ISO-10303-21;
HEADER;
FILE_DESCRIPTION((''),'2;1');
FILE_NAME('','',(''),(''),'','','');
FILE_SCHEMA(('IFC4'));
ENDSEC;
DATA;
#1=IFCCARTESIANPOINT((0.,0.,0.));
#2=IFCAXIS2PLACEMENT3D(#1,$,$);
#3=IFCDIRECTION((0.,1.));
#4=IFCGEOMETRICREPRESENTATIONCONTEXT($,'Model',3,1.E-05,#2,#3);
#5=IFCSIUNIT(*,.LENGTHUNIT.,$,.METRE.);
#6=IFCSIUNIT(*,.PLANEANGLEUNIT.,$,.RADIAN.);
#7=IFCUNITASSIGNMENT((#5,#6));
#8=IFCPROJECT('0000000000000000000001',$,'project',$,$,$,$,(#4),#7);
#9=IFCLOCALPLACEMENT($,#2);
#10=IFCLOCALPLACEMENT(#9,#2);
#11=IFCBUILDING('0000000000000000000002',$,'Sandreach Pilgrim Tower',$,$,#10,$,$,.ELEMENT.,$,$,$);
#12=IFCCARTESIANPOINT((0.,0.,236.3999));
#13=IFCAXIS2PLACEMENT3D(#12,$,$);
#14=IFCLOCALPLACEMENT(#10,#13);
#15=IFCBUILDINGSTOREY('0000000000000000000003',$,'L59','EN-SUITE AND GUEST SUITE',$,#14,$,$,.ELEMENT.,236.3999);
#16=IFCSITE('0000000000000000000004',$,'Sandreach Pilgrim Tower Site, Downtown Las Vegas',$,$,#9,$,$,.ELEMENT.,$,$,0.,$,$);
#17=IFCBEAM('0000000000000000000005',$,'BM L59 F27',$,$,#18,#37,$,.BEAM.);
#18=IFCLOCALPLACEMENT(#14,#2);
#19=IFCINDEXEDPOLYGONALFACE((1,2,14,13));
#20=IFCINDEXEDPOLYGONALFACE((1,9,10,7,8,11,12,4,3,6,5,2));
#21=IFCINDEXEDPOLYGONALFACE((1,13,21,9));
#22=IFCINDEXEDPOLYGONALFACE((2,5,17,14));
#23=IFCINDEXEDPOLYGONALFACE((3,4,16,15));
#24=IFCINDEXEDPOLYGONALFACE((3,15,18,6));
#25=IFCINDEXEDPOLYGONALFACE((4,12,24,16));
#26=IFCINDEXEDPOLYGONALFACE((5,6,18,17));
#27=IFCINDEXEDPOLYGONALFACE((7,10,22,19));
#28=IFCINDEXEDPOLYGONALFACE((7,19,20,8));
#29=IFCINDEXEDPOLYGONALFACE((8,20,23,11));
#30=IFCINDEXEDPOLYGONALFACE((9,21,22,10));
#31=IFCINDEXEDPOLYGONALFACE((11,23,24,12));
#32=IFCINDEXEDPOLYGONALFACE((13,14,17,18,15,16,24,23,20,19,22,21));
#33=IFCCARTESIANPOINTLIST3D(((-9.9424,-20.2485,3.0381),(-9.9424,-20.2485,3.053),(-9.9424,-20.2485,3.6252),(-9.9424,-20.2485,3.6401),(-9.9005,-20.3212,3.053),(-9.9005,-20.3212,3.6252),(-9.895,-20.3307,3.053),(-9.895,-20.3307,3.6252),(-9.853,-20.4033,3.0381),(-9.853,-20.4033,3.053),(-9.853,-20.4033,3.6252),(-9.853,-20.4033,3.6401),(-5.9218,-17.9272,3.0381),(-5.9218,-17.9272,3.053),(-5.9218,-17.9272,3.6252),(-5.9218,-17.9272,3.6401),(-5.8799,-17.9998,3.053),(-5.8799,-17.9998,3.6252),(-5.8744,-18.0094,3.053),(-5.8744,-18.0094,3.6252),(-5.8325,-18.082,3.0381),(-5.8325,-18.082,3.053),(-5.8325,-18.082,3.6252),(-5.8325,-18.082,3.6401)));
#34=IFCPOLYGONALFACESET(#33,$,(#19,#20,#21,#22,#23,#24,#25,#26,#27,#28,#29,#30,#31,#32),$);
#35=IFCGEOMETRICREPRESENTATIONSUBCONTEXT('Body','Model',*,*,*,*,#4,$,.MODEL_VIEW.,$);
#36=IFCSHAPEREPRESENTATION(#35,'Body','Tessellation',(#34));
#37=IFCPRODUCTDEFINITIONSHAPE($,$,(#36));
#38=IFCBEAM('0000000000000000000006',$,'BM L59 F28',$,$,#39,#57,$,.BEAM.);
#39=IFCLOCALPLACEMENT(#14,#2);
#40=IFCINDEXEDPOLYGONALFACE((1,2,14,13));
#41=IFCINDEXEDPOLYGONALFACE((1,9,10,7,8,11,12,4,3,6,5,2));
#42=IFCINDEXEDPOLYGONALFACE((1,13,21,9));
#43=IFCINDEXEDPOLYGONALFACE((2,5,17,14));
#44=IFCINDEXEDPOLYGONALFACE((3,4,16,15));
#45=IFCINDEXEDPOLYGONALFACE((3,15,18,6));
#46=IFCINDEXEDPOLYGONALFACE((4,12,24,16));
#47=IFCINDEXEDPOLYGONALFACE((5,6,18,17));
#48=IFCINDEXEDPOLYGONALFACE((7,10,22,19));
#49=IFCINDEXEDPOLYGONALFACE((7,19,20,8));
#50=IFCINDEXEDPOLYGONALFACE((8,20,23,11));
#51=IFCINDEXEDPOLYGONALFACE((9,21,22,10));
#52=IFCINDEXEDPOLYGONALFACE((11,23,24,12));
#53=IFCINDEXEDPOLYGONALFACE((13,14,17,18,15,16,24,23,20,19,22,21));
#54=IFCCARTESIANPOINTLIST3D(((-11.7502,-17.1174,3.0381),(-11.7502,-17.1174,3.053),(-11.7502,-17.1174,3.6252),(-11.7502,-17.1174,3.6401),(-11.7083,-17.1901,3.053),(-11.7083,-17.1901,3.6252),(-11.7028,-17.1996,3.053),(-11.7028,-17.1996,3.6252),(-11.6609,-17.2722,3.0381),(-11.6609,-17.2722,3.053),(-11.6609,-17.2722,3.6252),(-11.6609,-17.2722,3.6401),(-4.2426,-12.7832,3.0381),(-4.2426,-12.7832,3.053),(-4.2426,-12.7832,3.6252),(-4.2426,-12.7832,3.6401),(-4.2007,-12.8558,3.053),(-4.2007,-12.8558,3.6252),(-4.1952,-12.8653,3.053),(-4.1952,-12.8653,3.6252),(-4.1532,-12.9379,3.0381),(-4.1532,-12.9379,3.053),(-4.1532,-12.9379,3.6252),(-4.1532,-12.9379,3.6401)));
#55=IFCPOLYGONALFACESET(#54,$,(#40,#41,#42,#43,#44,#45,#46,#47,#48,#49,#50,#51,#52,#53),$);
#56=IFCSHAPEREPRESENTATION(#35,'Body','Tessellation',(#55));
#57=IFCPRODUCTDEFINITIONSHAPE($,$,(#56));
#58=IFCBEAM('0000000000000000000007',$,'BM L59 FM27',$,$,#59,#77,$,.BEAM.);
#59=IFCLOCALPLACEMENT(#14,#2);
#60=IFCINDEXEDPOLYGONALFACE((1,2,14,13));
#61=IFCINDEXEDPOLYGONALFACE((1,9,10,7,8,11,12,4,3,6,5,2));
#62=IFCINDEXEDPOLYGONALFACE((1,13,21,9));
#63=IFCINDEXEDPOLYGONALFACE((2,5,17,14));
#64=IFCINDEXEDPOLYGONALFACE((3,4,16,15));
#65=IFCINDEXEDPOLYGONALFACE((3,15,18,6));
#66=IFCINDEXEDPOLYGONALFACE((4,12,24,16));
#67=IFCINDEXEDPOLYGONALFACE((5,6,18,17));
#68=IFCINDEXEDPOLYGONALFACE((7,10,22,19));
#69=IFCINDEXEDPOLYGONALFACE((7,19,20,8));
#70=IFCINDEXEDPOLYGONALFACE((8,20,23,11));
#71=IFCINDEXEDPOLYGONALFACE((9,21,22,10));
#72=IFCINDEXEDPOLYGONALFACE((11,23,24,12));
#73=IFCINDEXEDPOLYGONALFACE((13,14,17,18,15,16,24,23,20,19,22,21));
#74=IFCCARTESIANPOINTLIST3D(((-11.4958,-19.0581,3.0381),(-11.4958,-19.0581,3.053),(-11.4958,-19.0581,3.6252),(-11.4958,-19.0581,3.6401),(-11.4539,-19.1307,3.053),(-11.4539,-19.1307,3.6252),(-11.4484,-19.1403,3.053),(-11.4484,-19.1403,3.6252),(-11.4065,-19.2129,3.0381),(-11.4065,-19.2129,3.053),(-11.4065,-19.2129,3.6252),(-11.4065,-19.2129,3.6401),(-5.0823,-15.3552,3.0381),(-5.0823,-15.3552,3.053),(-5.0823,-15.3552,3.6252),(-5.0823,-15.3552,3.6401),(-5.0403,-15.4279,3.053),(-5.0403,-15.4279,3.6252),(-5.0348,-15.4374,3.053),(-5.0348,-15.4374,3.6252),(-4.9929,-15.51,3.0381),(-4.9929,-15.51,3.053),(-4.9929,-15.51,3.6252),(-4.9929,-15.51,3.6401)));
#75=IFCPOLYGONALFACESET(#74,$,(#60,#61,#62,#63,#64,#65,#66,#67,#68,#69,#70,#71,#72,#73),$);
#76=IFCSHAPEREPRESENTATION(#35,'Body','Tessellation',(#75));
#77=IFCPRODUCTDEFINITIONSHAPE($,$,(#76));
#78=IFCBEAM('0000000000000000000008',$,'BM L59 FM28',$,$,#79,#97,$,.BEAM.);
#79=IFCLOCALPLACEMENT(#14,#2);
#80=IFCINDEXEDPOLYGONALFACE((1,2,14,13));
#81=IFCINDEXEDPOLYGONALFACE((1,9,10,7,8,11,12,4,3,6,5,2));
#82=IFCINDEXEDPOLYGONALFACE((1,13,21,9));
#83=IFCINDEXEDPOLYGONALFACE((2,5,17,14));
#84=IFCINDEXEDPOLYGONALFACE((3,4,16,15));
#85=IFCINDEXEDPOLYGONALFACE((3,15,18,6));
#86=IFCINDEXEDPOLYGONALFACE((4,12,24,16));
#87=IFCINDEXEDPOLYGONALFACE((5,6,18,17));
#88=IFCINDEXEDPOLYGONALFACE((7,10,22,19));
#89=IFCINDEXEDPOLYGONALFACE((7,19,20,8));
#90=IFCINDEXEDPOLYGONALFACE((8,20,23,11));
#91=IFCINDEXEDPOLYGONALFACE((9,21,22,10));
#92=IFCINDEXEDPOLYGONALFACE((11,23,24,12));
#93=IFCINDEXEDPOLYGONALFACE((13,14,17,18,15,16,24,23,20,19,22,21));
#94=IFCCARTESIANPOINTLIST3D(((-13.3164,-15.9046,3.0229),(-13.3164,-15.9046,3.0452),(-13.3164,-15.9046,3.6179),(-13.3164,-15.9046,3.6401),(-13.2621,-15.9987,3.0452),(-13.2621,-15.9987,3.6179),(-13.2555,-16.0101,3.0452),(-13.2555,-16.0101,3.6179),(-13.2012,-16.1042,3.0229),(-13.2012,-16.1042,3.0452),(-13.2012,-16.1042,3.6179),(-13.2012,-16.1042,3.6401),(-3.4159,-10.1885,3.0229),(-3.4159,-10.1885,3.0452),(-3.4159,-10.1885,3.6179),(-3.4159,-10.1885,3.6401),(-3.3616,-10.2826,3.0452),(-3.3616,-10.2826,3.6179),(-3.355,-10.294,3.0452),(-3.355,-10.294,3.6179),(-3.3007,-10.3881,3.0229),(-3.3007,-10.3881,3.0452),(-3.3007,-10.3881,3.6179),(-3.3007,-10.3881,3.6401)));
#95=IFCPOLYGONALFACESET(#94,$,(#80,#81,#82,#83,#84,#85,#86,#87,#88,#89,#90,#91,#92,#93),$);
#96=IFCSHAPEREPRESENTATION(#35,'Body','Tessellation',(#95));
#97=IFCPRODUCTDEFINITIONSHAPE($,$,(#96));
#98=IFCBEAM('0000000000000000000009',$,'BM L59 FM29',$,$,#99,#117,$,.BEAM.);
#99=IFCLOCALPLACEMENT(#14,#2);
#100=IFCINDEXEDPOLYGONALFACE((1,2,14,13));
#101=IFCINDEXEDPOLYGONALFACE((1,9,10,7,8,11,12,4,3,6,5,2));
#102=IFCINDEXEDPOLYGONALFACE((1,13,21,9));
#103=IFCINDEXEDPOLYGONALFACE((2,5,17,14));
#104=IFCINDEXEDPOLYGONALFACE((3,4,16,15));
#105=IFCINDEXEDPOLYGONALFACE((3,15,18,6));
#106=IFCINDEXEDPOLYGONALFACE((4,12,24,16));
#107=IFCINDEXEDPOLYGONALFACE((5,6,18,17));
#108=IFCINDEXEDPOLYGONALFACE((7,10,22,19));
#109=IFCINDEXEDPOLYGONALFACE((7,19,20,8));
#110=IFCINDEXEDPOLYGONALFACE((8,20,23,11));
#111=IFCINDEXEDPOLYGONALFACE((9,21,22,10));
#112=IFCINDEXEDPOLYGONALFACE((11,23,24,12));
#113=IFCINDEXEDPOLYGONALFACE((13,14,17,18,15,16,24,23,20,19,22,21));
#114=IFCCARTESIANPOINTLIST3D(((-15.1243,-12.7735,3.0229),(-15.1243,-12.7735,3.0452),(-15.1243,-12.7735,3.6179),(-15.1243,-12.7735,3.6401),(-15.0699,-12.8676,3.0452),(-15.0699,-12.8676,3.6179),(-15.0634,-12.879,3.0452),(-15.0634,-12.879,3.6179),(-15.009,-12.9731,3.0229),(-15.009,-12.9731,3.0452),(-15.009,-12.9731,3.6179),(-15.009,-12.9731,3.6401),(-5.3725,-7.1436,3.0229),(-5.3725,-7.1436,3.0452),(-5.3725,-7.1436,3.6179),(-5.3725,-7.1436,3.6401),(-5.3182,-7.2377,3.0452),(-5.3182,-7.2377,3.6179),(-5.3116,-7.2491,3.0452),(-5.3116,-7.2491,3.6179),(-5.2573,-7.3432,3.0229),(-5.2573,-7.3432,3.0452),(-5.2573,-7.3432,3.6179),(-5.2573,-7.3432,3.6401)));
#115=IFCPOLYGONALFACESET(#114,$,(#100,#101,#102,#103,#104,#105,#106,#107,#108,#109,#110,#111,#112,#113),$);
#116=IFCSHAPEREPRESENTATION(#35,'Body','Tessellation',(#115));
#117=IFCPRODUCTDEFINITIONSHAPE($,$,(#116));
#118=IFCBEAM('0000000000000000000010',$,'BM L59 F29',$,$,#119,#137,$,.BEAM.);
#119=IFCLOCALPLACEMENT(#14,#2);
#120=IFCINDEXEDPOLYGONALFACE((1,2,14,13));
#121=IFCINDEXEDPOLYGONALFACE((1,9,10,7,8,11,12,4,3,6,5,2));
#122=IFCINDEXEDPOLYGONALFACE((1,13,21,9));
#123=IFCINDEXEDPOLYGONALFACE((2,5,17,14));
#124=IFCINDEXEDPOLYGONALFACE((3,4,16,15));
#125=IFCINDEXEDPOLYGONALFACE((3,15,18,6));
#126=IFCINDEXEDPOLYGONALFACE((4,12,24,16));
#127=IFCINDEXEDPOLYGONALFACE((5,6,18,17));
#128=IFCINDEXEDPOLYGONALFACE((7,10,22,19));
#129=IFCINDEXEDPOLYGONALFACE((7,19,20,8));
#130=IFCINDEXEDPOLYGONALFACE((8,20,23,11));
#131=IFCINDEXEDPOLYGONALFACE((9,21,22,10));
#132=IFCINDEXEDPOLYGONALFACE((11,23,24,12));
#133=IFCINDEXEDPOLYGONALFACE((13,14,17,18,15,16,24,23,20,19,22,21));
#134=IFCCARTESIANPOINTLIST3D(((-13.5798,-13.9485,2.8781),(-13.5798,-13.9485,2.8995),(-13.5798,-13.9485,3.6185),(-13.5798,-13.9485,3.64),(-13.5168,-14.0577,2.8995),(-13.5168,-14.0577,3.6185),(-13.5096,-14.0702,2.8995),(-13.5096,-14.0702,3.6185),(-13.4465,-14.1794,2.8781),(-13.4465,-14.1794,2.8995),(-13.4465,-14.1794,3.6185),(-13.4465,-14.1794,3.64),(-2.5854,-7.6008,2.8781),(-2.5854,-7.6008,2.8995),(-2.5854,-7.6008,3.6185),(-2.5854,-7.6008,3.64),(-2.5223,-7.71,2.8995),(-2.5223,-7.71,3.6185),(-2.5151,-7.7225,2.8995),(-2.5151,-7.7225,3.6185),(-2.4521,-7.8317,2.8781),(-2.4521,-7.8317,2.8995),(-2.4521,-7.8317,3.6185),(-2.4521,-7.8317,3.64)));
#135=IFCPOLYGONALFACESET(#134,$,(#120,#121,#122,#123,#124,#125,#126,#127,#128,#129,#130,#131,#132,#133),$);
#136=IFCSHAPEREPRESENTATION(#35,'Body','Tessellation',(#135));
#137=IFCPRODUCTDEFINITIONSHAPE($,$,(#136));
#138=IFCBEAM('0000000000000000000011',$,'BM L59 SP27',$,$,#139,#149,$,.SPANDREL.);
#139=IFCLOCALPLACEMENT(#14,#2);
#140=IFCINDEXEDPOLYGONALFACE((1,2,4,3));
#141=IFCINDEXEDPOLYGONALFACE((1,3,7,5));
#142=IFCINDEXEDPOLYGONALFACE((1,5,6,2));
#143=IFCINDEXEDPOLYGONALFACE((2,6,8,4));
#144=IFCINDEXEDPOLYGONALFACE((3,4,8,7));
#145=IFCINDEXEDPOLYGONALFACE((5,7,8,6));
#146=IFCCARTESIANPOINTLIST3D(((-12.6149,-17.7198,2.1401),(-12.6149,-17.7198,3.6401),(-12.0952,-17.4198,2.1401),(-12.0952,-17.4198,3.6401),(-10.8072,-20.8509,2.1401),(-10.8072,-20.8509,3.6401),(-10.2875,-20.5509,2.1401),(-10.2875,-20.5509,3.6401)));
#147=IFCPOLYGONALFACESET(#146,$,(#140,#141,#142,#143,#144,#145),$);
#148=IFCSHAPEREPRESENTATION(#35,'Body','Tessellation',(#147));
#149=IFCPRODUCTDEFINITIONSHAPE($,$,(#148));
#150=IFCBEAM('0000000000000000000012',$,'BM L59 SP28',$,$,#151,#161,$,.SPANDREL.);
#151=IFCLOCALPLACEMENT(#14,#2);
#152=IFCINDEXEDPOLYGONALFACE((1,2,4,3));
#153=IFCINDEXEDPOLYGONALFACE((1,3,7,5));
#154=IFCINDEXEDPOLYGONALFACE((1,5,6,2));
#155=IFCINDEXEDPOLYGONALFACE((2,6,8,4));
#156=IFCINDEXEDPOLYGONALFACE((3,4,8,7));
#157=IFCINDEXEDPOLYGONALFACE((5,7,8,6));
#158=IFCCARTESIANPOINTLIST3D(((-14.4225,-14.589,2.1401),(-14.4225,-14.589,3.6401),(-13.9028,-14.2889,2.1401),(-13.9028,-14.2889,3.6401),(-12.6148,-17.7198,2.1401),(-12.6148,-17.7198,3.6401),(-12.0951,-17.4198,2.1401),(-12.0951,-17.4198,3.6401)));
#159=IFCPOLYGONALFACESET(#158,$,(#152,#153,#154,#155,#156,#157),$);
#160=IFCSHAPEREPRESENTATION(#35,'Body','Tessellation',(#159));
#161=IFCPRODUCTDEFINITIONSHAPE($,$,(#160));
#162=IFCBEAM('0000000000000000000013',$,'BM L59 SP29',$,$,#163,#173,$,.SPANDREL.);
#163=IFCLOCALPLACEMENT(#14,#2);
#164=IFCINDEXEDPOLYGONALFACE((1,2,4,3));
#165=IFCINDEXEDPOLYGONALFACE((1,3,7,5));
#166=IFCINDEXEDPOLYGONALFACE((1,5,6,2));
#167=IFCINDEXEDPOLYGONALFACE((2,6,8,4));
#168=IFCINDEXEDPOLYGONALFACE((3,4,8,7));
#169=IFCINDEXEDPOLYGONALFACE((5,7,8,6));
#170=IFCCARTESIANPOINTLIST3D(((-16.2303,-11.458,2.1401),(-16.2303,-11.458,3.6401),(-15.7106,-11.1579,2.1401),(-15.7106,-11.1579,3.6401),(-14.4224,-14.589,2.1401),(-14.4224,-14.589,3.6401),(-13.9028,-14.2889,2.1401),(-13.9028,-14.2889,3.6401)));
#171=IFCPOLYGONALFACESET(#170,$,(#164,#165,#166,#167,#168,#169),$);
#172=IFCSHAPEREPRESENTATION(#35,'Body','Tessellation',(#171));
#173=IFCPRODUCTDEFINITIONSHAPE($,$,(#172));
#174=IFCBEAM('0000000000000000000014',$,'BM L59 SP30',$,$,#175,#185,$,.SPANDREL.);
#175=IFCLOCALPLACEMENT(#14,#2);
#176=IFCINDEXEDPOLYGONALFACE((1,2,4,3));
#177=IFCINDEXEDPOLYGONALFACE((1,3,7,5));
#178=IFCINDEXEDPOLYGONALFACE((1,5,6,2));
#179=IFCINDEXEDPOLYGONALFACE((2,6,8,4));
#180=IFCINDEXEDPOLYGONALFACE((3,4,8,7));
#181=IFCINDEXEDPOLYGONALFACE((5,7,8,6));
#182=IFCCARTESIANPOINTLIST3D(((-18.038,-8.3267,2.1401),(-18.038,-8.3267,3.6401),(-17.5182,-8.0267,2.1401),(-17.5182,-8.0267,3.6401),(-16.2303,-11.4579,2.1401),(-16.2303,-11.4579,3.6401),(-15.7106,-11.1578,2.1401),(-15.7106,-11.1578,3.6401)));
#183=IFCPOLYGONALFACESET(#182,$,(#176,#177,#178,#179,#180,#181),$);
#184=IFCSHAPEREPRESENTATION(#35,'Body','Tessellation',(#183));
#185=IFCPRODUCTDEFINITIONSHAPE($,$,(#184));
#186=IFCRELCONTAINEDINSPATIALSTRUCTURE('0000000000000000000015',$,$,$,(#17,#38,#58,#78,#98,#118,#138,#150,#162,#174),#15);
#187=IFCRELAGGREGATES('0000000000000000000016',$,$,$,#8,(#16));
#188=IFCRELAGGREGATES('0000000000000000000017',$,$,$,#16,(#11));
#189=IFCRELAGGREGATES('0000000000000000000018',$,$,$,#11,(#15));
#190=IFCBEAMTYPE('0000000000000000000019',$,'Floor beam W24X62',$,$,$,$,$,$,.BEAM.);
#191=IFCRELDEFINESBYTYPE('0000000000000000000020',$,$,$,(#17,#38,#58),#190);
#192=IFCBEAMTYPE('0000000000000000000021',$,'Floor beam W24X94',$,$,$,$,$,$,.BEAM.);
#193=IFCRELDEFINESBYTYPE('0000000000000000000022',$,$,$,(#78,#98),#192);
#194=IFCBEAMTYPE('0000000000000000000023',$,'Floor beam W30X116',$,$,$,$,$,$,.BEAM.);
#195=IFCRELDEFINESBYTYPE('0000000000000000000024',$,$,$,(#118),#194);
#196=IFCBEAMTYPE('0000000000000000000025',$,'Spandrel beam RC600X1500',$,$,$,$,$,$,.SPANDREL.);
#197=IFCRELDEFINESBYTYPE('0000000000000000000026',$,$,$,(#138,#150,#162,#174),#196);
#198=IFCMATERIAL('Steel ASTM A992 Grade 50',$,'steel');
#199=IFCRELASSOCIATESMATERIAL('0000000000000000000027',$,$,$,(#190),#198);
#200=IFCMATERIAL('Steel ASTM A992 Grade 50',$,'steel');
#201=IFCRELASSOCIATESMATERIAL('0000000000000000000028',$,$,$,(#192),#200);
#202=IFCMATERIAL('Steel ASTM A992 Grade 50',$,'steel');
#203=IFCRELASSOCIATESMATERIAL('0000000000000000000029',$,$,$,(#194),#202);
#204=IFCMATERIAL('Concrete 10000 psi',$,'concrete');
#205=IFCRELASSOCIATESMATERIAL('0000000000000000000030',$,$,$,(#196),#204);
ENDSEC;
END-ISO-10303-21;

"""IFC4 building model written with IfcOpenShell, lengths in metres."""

from ifc_helpers import new_model, si_unit, direction, frame, origin, origin_2d, place, context, subcontext, project, spatial, rectangle, i_section, extrude, material, material_profile, profile_set, type_object, element, save


model = new_model("IFC4")

# Units and contexts
model_context = context("Model", 3, precision=1e-05, world=origin(), true_north=direction((0.0, 1.0)))
body_context = subcontext(model_context, "Body", "Model", "MODEL_VIEW")
ifc_project = project(units=[si_unit("LENGTHUNIT", "METRE"), si_unit("PLANEANGLEUNIT", "RADIAN")], contexts=[model_context])

# Site, building, storey
site_placement = place(None, origin())
site = spatial("IfcSite", under=ifc_project, at=site_placement, Name="Sandreach Pilgrim Tower Site, Downtown Las Vegas", CompositionType="ELEMENT", RefElevation=0.0)
building_placement = place(site_placement, origin())
building = spatial("IfcBuilding", under=site, at=building_placement, Name="Sandreach Pilgrim Tower", CompositionType="ELEMENT")
storey_placement = place(building_placement, frame((0.0, 0.0, 236.3999)))
storey = spatial("IfcBuildingStorey", under=building, at=storey_placement, Name="L59", Description="EN-SUITE AND GUEST SUITE", CompositionType="ELEMENT", Elevation=236.3999)

# Beams
ifc_material_1 = material(Name="Steel ASTM A992 Grade 50", Category="steel")
ifc_material_profile_1 = material_profile(ifc_material_1, i_section(OverallWidth=0.1787, OverallDepth=0.6021, WebThickness=0.011, FlangeThickness=0.0149, at=origin_2d()), Name="W24X62")
ifc_profile_set_1 = profile_set([ifc_material_profile_1], Name="Steel ASTM A992 Grade 50")
beam_type_1 = type_object("IfcBeamType", Name="Floor beam W24X62", PredefinedType="BEAM", material=ifc_profile_set_1)
beam_1_placement = place(storey_placement, frame((-9.8977, -20.3259, 3.3391), z_axis=(0.866021, 0.500008, 0.0), x_axis=(-0.500008, 0.866021, 0.0)))
element("IfcBeam", 1, at=beam_1_placement, inside=storey, type_object=beam_type_1, Name="BM L59 F27", PredefinedType="BEAM", context=body_context, shape_type="SweptSolid", body=[
    extrude(i_section(OverallWidth=0.1787, OverallDepth=0.6021, WebThickness=0.011, FlangeThickness=0.0149, at=origin_2d()), origin(), (0.0, 0.0, 1.0), 4.6426),
])
beam_2_placement = place(storey_placement, frame((-11.7056, -17.1948, 3.3391), z_axis=(0.866039, 0.499977, 0.0), x_axis=(-0.499977, 0.866039, 0.0)))
element("IfcBeam", 2, at=beam_2_placement, inside=storey, type_object=beam_type_1, Name="BM L59 F28", PredefinedType="BEAM", context=body_context, shape_type="SweptSolid", body=[
    extrude(i_section(OverallWidth=0.1787, OverallDepth=0.6021, WebThickness=0.011, FlangeThickness=0.0149, at=origin_2d()), origin(), (0.0, 0.0, 1.0), 8.6689),
])
beam_3_placement = place(storey_placement, frame((-11.4512, -19.1355, 3.3391), z_axis=(0.866025, 0.5, 0.0), x_axis=(-0.5, 0.866025, 0.0)))
element("IfcBeam", 3, at=beam_3_placement, inside=storey, type_object=beam_type_1, Name="BM L59 FM27", PredefinedType="BEAM", context=body_context, shape_type="SweptSolid", body=[
    extrude(i_section(OverallWidth=0.1787, OverallDepth=0.6021, WebThickness=0.011, FlangeThickness=0.0149, at=origin_2d()), origin(), (0.0, 0.0, 1.0), 7.4058),
])
ifc_material_2 = material(Name="Steel ASTM A992 Grade 50", Category="steel")
ifc_material_profile_2 = material_profile(ifc_material_2, i_section(OverallWidth=0.2305, OverallDepth=0.6172, WebThickness=0.0132, FlangeThickness=0.0222, at=origin_2d()), Name="W24X94")
ifc_profile_set_2 = profile_set([ifc_material_profile_2], Name="Steel ASTM A992 Grade 50")
beam_type_2 = type_object("IfcBeamType", Name="Floor beam W24X94", PredefinedType="BEAM", material=ifc_profile_set_2)
beam_4_placement = place(storey_placement, frame((-13.2588, -16.0044, 3.3315), z_axis=(0.866023, 0.500005, 0.0), x_axis=(-0.500005, 0.866023, 0.0)))
element("IfcBeam", 4, at=beam_4_placement, inside=storey, type_object=beam_type_2, Name="BM L59 FM28", PredefinedType="BEAM", context=body_context, shape_type="SweptSolid", body=[
    extrude(i_section(OverallWidth=0.2305, OverallDepth=0.6172, WebThickness=0.0132, FlangeThickness=0.0222, at=origin_2d()), origin(), (0.0, 0.0, 1.0), 11.4321),
])
beam_5_placement = place(storey_placement, frame((-15.0667, -12.8733, 3.3315), z_axis=(0.866036, 0.499982, 0.0), x_axis=(-0.499982, 0.866036, 0.0)))
element("IfcBeam", 5, at=beam_5_placement, inside=storey, type_object=beam_type_2, Name="BM L59 FM29", PredefinedType="BEAM", context=body_context, shape_type="SweptSolid", body=[
    extrude(i_section(OverallWidth=0.2305, OverallDepth=0.6172, WebThickness=0.0132, FlangeThickness=0.0222, at=origin_2d()), origin(), (0.0, 0.0, 1.0), 11.2603),
])
ifc_material_3 = material(Name="Steel ASTM A992 Grade 50", Category="steel")
ifc_material_profile_3 = material_profile(ifc_material_3, i_section(OverallWidth=0.2666, OverallDepth=0.762, WebThickness=0.0144, FlangeThickness=0.0215, at=origin_2d()), Name="W30X116")
ifc_profile_set_3 = profile_set([ifc_material_profile_3], Name="Steel ASTM A992 Grade 50")
beam_type_3 = type_object("IfcBeamType", Name="Floor beam W30X116", PredefinedType="BEAM", material=ifc_profile_set_3)
beam_6_placement = place(storey_placement, frame((-13.5132, -14.064, 3.259), z_axis=(0.866024, 0.500003, 0.0), x_axis=(-0.500003, 0.866024, 0.0)))
element("IfcBeam", 6, at=beam_6_placement, inside=storey, type_object=beam_type_3, Name="BM L59 F29", PredefinedType="BEAM", context=body_context, shape_type="SweptSolid", body=[
    extrude(i_section(OverallWidth=0.2666, OverallDepth=0.762, WebThickness=0.0144, FlangeThickness=0.0215, at=origin_2d()), origin(), (0.0, 0.0, 1.0), 12.6953),
])
ifc_material_4 = material(Name="Concrete 10000 psi", Category="concrete")
ifc_material_profile_4 = material_profile(ifc_material_4, rectangle(XDim=0.6001, YDim=1.5, at=origin_2d()), Name="RC600X1500")
ifc_profile_set_4 = profile_set([ifc_material_profile_4], Name="Concrete 10000 psi")
beam_type_4 = type_object("IfcBeamType", Name="Spandrel beam RC600X1500", PredefinedType="SPANDREL", material=ifc_profile_set_4)
beam_7_placement = place(storey_placement, frame((-10.5474, -20.7009, 2.8901), z_axis=(-0.499974, 0.866041, 0.0), x_axis=(-0.866041, -0.499974, 0.0)))
element("IfcBeam", 7, at=beam_7_placement, inside=storey, type_object=beam_type_4, Name="BM L59 SP27", PredefinedType="SPANDREL", context=body_context, shape_type="SweptSolid", body=[
    extrude(rectangle(XDim=0.6001, YDim=1.5, at=origin_2d()), origin(), (0.0, 0.0, 1.0), 3.6155),
])
beam_8_placement = place(storey_placement, frame((-12.355, -17.5698, 2.8901), z_axis=(-0.500003, 0.866024, 0.0), x_axis=(-0.866024, -0.500003, 0.0)))
element("IfcBeam", 8, at=beam_8_placement, inside=storey, type_object=beam_type_4, Name="BM L59 SP28", PredefinedType="SPANDREL", context=body_context, shape_type="SweptSolid", body=[
    extrude(rectangle(XDim=0.6001, YDim=1.5, at=origin_2d()), origin(), (0.0, 0.0, 1.0), 3.6152),
])
for number, where, z_axis, x_axis, name in (
    (9, (-14.1626, -14.439, 2.8901), (-0.500024, 0.866011, 0.0), (-0.866011, -0.500024, 0.0), "BM L59 SP29"),
    (10, (-15.9705, -11.3079, 2.8901), (-0.499974, 0.866041, 0.0), (-0.866041, -0.499974, 0.0), "BM L59 SP30"),
):
    element("IfcBeam", number, at=place(storey_placement, frame(where, z_axis=z_axis, x_axis=x_axis)), inside=storey, type_object=beam_type_4, Name=name, PredefinedType="SPANDREL", context=body_context, shape_type="SweptSolid", body=[
        extrude(rectangle(XDim=0.6001, YDim=1.5, at=origin_2d()), origin(), (0.0, 0.0, 1.0), 3.6155),
    ])

save(model, "model.ifc")
